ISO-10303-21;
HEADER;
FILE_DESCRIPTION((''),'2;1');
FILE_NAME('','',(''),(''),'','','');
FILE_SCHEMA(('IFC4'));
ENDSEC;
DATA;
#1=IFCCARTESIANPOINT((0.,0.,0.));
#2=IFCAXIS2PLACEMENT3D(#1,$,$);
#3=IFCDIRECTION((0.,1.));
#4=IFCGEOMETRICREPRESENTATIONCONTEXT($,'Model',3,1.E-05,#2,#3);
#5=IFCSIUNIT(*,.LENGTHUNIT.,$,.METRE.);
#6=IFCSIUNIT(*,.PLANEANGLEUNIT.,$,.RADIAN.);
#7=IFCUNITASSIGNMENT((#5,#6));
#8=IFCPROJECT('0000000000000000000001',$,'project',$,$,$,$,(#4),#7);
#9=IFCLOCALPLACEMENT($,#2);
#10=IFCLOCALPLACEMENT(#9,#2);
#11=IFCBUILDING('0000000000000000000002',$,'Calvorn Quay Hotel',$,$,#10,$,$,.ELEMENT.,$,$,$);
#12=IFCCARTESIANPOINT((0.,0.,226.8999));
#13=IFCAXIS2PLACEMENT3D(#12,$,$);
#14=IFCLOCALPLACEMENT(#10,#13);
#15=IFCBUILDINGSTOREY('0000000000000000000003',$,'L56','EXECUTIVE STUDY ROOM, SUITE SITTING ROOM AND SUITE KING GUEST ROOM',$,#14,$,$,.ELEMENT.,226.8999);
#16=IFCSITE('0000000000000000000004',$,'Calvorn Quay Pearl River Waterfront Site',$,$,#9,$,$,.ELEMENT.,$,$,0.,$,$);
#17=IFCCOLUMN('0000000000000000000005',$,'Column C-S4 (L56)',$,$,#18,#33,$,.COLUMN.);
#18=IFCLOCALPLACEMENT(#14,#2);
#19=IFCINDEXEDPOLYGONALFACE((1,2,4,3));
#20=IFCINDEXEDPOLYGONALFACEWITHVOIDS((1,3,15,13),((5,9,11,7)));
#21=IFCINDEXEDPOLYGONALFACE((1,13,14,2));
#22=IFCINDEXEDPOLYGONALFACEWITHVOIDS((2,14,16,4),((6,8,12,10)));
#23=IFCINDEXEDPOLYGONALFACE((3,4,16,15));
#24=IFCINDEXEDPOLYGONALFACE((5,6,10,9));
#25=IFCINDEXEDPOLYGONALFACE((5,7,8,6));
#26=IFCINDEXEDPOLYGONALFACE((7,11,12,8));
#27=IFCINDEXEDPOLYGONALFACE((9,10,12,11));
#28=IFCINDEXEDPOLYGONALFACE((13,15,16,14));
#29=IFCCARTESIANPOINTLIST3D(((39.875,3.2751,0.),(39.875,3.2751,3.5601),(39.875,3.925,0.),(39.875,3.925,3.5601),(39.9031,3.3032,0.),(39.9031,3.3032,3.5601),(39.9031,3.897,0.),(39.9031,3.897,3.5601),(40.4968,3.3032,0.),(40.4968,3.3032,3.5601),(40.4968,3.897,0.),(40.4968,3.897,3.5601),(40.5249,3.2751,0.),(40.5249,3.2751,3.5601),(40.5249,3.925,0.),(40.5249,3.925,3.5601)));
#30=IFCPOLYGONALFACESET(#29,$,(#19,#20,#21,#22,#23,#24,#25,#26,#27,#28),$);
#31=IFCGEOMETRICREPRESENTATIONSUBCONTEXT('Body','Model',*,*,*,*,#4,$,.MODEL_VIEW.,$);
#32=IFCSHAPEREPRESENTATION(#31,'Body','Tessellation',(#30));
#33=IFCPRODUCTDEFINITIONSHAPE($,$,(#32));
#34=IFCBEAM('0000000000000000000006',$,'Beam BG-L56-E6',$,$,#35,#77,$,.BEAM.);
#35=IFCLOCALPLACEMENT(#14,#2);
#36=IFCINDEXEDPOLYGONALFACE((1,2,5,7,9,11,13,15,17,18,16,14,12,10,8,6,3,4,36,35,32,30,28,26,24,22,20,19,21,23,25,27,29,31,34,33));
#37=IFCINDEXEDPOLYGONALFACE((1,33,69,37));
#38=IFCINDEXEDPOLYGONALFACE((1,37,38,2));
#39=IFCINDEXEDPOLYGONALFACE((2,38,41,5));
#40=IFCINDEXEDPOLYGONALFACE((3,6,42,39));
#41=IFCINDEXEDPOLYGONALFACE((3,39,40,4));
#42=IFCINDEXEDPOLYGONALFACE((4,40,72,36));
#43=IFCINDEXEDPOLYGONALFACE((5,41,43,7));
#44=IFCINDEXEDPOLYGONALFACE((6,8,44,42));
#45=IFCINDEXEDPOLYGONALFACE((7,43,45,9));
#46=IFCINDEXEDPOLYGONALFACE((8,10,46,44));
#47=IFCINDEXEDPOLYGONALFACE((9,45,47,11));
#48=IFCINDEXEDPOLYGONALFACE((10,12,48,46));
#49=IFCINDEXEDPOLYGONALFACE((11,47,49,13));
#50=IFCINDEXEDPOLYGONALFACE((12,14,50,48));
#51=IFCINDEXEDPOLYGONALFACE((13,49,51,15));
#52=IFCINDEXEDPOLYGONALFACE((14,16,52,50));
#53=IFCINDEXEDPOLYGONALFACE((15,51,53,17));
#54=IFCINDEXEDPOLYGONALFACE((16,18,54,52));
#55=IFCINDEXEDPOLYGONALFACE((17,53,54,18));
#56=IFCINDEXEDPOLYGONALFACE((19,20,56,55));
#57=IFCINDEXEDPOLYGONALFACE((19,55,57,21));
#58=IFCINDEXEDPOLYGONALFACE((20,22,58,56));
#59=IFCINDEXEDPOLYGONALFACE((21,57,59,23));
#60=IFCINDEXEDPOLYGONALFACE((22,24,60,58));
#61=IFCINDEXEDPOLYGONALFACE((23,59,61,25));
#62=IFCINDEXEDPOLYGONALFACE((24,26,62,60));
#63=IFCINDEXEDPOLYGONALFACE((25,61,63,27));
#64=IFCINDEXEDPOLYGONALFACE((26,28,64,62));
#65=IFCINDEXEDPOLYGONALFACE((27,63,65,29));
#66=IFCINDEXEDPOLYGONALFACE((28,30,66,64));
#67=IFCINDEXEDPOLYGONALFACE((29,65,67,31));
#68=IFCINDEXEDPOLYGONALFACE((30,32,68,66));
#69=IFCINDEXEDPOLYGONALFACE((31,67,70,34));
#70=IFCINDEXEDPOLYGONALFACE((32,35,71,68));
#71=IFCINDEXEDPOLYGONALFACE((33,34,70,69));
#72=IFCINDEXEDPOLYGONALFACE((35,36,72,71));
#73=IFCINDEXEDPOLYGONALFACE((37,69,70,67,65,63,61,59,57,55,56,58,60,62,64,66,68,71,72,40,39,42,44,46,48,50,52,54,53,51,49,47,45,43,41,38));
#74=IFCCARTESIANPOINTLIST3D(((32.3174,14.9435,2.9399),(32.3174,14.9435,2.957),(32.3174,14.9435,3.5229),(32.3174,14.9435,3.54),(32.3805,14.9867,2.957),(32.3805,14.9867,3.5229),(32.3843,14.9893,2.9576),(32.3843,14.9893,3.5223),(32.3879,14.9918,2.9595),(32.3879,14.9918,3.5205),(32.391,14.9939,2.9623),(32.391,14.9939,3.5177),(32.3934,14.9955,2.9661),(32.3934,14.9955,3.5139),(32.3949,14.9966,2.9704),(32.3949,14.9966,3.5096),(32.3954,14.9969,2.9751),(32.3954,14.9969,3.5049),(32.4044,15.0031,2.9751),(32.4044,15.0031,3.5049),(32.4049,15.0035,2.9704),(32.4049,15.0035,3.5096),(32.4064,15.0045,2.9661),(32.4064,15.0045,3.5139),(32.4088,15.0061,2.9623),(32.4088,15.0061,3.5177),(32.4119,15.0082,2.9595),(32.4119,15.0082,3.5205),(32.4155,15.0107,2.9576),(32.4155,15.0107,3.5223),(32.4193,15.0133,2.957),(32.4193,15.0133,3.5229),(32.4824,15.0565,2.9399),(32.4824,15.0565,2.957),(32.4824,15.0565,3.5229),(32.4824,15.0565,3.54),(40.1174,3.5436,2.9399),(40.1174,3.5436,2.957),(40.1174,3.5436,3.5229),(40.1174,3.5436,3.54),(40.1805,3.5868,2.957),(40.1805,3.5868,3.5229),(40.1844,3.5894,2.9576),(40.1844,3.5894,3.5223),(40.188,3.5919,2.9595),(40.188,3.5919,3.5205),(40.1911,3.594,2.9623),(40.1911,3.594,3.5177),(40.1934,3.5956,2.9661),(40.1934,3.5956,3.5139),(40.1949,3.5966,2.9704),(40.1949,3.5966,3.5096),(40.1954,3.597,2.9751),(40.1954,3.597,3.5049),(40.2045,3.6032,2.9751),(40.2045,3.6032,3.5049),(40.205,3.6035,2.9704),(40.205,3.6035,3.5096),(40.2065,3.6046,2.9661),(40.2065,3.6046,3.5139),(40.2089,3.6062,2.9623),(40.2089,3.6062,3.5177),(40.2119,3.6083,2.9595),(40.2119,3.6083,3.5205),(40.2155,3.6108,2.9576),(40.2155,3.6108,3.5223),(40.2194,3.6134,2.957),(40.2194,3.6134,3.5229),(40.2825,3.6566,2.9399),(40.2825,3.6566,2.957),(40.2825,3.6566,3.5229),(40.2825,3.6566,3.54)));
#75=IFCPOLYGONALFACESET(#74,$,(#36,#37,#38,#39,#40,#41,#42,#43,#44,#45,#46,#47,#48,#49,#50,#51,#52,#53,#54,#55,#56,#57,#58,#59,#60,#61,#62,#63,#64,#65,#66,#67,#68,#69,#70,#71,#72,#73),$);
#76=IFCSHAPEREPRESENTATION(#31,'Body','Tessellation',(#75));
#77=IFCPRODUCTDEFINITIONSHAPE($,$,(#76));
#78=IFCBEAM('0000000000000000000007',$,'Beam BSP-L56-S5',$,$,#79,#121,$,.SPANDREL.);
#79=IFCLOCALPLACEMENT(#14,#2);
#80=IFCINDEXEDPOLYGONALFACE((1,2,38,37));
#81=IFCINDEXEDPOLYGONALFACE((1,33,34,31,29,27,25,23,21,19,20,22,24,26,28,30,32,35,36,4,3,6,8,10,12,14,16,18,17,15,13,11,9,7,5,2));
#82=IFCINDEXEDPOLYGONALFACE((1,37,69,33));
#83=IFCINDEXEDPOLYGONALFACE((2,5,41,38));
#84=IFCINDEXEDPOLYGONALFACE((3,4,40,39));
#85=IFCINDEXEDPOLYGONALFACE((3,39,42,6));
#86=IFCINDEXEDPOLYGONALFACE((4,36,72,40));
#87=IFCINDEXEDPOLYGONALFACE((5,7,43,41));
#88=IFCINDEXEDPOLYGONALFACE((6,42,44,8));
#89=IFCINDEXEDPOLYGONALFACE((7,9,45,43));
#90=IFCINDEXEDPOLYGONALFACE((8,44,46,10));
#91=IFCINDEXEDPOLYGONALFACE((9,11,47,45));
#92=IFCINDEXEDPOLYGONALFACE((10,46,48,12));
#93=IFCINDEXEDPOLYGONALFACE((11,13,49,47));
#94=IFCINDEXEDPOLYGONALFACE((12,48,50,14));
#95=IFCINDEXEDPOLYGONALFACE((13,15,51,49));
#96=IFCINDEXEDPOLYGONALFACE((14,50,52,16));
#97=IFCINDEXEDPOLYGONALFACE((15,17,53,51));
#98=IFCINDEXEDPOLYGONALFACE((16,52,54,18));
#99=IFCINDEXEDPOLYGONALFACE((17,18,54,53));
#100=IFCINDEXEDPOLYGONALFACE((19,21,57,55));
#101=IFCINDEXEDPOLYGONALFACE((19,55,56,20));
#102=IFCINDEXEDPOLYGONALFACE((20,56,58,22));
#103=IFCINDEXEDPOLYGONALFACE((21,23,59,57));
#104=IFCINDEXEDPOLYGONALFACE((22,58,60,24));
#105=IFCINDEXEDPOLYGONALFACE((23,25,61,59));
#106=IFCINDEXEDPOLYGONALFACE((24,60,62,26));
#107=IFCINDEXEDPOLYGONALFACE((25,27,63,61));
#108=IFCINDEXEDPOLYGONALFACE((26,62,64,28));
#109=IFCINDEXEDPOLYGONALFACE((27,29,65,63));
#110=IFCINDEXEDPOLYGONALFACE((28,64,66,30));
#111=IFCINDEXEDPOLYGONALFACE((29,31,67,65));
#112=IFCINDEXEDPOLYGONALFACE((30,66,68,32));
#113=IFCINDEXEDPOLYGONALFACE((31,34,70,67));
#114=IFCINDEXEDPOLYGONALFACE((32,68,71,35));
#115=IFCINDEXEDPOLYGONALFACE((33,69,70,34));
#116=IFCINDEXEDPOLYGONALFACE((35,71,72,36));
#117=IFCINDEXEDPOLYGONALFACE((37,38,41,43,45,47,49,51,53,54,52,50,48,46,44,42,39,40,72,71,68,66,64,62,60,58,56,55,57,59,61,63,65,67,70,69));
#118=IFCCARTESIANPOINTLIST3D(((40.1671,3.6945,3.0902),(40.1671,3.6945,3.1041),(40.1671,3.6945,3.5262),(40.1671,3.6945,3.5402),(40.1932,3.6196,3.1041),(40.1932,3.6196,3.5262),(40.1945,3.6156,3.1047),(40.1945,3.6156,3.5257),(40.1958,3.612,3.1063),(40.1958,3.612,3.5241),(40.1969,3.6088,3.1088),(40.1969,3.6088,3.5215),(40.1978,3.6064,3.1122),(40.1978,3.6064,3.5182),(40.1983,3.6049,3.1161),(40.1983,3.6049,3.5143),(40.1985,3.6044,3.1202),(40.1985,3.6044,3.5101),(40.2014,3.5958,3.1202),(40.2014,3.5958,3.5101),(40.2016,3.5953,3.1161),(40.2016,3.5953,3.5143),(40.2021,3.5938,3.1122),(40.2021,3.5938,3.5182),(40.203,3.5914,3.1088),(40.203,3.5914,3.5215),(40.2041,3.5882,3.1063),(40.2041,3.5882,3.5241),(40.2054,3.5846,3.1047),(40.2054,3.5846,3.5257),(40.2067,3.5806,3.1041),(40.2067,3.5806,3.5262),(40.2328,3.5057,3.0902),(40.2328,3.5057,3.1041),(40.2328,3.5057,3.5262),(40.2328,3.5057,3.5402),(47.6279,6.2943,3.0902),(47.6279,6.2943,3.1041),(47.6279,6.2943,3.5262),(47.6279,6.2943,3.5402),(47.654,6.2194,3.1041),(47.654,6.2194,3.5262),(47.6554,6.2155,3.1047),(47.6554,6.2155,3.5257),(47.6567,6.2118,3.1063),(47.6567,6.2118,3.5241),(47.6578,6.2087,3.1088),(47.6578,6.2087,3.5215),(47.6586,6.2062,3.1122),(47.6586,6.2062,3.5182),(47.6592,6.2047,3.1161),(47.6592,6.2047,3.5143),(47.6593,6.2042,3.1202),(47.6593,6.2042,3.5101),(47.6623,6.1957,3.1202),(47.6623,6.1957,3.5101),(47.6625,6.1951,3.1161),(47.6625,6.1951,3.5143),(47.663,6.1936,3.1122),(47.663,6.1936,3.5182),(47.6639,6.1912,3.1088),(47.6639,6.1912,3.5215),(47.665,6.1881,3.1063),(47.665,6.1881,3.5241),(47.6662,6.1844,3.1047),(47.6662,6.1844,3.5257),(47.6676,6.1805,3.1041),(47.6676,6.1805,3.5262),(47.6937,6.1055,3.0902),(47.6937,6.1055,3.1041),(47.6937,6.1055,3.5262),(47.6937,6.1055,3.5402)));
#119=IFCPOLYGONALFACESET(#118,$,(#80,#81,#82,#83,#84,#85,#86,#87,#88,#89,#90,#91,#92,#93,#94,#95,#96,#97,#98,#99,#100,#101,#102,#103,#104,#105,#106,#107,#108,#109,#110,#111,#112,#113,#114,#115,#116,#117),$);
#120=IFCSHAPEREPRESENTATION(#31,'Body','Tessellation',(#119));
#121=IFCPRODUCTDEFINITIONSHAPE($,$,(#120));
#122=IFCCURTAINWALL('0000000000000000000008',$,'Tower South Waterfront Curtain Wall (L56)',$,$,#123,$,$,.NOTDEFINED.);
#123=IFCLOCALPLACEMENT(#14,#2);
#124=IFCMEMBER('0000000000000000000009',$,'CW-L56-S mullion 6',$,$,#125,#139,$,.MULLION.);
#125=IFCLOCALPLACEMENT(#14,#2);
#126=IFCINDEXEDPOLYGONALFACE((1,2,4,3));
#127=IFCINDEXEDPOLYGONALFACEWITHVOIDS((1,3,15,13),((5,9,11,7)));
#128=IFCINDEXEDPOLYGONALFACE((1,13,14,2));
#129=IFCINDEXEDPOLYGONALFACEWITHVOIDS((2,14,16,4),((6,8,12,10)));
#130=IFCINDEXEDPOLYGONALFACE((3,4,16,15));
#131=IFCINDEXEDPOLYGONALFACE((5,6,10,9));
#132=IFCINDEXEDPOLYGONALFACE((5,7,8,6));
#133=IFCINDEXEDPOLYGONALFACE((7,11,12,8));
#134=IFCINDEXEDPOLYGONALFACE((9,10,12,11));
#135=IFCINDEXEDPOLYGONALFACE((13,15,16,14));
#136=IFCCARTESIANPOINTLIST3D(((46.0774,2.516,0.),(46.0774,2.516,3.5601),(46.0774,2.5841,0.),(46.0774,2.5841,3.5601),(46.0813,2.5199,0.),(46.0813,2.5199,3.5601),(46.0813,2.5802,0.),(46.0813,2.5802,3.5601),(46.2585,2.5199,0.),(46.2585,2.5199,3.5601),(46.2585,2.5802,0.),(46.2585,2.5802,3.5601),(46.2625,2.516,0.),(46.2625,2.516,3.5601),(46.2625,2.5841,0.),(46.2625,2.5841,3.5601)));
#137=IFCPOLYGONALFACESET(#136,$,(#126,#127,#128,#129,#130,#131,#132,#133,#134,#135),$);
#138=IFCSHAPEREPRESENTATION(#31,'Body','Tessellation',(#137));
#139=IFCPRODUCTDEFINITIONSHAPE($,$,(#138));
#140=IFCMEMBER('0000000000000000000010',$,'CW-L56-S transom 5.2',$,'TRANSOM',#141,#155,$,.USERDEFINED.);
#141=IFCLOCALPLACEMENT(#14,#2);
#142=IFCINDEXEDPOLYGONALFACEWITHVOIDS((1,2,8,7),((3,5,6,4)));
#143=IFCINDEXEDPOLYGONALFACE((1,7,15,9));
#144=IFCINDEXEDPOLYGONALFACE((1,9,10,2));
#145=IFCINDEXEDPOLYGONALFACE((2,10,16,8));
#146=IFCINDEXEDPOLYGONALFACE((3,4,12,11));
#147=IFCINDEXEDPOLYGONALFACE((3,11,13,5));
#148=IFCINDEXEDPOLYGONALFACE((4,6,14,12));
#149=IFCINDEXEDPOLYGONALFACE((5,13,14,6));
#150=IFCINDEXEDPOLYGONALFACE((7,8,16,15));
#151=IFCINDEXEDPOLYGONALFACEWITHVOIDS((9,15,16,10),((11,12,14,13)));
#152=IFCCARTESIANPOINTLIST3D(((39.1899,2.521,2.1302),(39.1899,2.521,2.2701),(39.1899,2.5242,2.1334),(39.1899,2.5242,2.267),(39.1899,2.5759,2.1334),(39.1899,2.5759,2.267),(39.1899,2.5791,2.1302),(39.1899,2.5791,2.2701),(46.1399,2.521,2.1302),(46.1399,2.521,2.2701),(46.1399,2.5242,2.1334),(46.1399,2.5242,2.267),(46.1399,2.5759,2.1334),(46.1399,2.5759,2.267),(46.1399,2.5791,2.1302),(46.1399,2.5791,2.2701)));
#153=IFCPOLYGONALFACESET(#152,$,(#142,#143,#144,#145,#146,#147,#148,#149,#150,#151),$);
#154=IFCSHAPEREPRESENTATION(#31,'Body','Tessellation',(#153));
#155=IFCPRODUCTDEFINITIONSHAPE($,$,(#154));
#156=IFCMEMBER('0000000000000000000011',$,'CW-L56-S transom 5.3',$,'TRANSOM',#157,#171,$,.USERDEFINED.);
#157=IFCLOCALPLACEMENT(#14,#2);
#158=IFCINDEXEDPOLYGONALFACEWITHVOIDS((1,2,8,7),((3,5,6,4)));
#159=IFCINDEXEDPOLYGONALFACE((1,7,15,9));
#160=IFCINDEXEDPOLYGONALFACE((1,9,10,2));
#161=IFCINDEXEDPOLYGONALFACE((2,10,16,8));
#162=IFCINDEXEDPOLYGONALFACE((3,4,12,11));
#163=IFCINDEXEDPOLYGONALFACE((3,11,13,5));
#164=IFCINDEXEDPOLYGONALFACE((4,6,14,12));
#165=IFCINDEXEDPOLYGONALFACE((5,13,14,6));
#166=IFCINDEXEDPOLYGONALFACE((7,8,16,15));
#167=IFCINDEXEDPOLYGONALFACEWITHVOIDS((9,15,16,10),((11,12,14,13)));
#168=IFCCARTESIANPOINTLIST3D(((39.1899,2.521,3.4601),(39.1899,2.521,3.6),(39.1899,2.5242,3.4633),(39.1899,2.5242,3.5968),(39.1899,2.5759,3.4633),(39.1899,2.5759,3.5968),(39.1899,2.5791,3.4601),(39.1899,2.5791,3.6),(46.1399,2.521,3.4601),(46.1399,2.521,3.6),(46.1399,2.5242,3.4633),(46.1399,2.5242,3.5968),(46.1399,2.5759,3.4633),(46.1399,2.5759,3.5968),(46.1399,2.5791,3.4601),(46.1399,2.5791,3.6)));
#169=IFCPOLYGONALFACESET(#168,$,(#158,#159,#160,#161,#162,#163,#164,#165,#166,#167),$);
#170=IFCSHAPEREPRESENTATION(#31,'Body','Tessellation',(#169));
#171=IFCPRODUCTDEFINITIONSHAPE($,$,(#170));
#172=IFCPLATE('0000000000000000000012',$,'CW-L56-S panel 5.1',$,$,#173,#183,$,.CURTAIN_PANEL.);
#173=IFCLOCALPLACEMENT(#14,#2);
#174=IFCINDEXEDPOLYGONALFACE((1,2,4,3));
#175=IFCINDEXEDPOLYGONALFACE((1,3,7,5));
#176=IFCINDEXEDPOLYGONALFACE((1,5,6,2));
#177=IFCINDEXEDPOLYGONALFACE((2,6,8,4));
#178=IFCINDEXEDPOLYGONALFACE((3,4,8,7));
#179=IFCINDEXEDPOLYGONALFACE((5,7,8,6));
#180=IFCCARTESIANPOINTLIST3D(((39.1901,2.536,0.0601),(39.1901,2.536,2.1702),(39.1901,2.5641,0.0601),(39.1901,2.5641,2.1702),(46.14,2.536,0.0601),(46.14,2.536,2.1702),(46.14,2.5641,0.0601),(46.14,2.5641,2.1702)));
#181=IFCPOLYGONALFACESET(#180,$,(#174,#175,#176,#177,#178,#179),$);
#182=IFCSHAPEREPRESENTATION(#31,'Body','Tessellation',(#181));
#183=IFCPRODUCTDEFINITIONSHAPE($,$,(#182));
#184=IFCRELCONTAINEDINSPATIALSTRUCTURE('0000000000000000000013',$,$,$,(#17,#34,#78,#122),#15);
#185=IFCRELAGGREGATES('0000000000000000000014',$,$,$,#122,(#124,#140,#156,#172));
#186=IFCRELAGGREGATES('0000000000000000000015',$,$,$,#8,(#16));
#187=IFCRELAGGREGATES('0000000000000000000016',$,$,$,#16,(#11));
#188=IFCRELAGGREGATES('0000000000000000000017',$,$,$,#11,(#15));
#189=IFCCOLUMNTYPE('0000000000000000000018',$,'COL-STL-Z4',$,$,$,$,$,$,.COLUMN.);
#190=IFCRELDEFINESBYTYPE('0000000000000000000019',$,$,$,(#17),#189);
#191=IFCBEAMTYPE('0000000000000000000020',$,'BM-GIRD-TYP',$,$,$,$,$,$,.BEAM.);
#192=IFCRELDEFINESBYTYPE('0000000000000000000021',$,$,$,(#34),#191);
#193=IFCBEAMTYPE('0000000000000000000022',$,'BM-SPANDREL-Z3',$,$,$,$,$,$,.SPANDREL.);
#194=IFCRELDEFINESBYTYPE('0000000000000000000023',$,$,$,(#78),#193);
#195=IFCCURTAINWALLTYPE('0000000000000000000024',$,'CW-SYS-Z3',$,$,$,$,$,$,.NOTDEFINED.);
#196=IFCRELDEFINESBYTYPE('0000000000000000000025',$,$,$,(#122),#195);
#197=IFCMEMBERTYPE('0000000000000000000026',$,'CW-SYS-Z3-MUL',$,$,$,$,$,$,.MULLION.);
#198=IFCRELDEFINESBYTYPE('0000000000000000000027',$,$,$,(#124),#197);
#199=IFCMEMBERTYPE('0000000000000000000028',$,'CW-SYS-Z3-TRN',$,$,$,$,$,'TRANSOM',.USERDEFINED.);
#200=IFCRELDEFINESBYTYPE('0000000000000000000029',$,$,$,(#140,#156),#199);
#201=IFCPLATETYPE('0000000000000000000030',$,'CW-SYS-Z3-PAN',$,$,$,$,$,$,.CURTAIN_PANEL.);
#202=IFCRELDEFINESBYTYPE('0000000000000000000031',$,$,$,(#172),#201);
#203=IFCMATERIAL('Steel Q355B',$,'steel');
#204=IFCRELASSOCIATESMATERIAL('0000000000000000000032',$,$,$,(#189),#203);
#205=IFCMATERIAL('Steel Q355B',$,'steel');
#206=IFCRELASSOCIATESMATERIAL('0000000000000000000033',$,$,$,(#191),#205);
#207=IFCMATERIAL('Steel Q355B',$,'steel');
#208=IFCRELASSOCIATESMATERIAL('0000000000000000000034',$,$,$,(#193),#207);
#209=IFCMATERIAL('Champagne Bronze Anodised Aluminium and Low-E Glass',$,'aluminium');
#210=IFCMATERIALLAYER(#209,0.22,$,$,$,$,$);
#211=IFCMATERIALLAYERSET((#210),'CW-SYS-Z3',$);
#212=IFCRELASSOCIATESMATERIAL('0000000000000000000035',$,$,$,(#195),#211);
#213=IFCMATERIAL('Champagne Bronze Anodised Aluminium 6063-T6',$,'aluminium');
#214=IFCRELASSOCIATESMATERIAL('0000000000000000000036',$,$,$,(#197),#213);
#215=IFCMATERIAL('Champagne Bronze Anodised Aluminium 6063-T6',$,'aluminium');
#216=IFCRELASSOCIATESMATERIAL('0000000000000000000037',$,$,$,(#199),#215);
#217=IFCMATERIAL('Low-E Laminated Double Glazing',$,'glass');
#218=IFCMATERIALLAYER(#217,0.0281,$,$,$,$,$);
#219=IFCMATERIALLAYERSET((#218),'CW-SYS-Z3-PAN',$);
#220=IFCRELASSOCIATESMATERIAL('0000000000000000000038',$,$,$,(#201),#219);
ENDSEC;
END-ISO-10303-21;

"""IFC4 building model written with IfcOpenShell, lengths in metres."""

from ifc_helpers import new_model, si_unit, direction, frame, origin, origin_2d, place, context, subcontext, project, spatial, rectangle, hollow_rectangle, i_section, extrude, material, layer, layer_set, material_profile, profile_set, type_object, element, aggregate, save


model = new_model("IFC4")

# Units and contexts
model_context = context("Model", 3, precision=1e-05, world=origin(), true_north=direction((0.0, 1.0)))
body_context = subcontext(model_context, "Body", "Model", "MODEL_VIEW")
ifc_project = project(units=[si_unit("LENGTHUNIT", "METRE"), si_unit("PLANEANGLEUNIT", "RADIAN")], contexts=[model_context])

# Site, building, storey
site_placement = place(None, origin())
site = spatial("IfcSite", under=ifc_project, at=site_placement, Name="Calvorn Quay Pearl River Waterfront Site", CompositionType="ELEMENT", RefElevation=0.0)
building_placement = place(site_placement, origin())
building = spatial("IfcBuilding", under=site, at=building_placement, Name="Calvorn Quay Hotel", CompositionType="ELEMENT")
storey_placement = place(building_placement, frame((0.0, 0.0, 226.8999)))
storey = spatial("IfcBuildingStorey", under=building, at=storey_placement, Name="L56", Description="EXECUTIVE STUDY ROOM, SUITE SITTING ROOM AND SUITE KING GUEST ROOM", CompositionType="ELEMENT", Elevation=226.8999)

# Column
ifc_material_1 = material(Name="Steel Q355B", Category="steel")
ifc_material_profile_1 = material_profile(ifc_material_1, hollow_rectangle(XDim=0.6499, YDim=0.6499, WallThickness=0.0281, at=origin_2d()), Name="BOX650x650x28")
ifc_profile_set_1 = profile_set([ifc_material_profile_1], Name="Steel Q355B")
column_type = type_object("IfcColumnType", Name="COL-STL-Z4", PredefinedType="COLUMN", material=ifc_profile_set_1)
column_placement = place(storey_placement, frame((40.2, 3.6001, 0.0), z_axis=(0.0, 0.0, 1.0), x_axis=(1.0, 0.0, 0.0)))
element("IfcColumn", 1, at=column_placement, inside=storey, type_object=column_type, Name="Column C-S4 (L56)", PredefinedType="COLUMN", context=body_context, shape_type="SweptSolid", body=[
    extrude(hollow_rectangle(XDim=0.6499, YDim=0.6499, WallThickness=0.0281, at=origin_2d()), origin(), (0.0, 0.0, 1.0), 3.5601),
])

# Beams
ifc_material_2 = material(Name="Steel Q355B", Category="steel")
ifc_material_profile_2 = material_profile(ifc_material_2, i_section(OverallWidth=0.2, OverallDepth=0.6001, WebThickness=0.011, FlangeThickness=0.0171, FilletRadius=0.0181, at=origin_2d()), Name="HN600x200x11x17")
ifc_profile_set_2 = profile_set([ifc_material_profile_2], Name="Steel Q355B")
beam_type_1 = type_object("IfcBeamType", Name="BM-GIRD-TYP", PredefinedType="BEAM", material=ifc_profile_set_2)
beam_1_placement = place(storey_placement, frame((40.2, 3.6001, 3.24), z_axis=(-0.56469, 0.825303, 0.0), x_axis=(-0.825303, -0.56469, 0.0)))
element("IfcBeam", 2, at=beam_1_placement, inside=storey, type_object=beam_type_1, Name="Beam BG-L56-E6", PredefinedType="BEAM", context=body_context, shape_type="SweptSolid", body=[
    extrude(i_section(OverallWidth=0.2, OverallDepth=0.6001, WebThickness=0.011, FlangeThickness=0.0171, FilletRadius=0.0181, at=origin_2d()), origin(), (0.0, 0.0, 1.0), 13.813),
])
ifc_material_3 = material(Name="Steel Q355B", Category="steel")
ifc_material_profile_3 = material_profile(ifc_material_3, i_section(OverallWidth=0.2, OverallDepth=0.45, WebThickness=0.009, FlangeThickness=0.0139, FilletRadius=0.0161, at=origin_2d()), Name="HN450x200x9x14")
ifc_profile_set_3 = profile_set([ifc_material_profile_3], Name="Steel Q355B")
beam_type_2 = type_object("IfcBeamType", Name="BM-SPANDREL-Z3", PredefinedType="SPANDREL", material=ifc_profile_set_3)
beam_2_placement = place(storey_placement, frame((40.2, 3.6001, 3.3152), z_axis=(0.94431, 0.329056, 0.0), x_axis=(-0.329056, 0.94431, 0.0)))
element("IfcBeam", 3, at=beam_2_placement, inside=storey, type_object=beam_type_2, Name="Beam BSP-L56-S5", PredefinedType="SPANDREL", context=body_context, shape_type="SweptSolid", body=[
    extrude(i_section(OverallWidth=0.2, OverallDepth=0.45, WebThickness=0.009, FlangeThickness=0.0139, FilletRadius=0.0161, at=origin_2d()), origin(), (0.0, 0.0, 1.0), 7.9009),
])

# Curtain wall, members, plate
ifc_material_4 = material(Name="Champagne Bronze Anodised Aluminium and Low-E Glass", Category="aluminium")
ifc_layer_1 = layer(ifc_material_4, 0.22)
ifc_layer_set_1 = layer_set([ifc_layer_1], Name="CW-SYS-Z3")
curtain_wall_type = type_object("IfcCurtainWallType", Name="CW-SYS-Z3", PredefinedType="NOTDEFINED", material=ifc_layer_set_1)
curtain_wall_placement = place(storey_placement, origin())
curtain_wall = element("IfcCurtainWall", 4, at=curtain_wall_placement, inside=storey, type_object=curtain_wall_type, Name="Tower South Waterfront Curtain Wall (L56)", PredefinedType="NOTDEFINED")
ifc_material_5 = material(Name="Champagne Bronze Anodised Aluminium 6063-T6", Category="aluminium")
ifc_material_profile_4 = material_profile(ifc_material_5, hollow_rectangle(XDim=0.0681, YDim=0.1851, WallThickness=0.0039, at=origin_2d()), Name="ALU-M185x68x4")
ifc_profile_set_4 = profile_set([ifc_material_profile_4], Name="Champagne Bronze Anodised Aluminium 6063-T6")
member_type_1 = type_object("IfcMemberType", Name="CW-SYS-Z3-MUL", PredefinedType="MULLION", material=ifc_profile_set_4)
member_1_placement = place(storey_placement, frame((46.1699, 2.55, 0.0), z_axis=(0.0, 0.0, 1.0), x_axis=(0.0, 1.0, 0.0)))
member_1 = element("IfcMember", 5, at=member_1_placement, type_object=member_type_1, Name="CW-L56-S mullion 6", PredefinedType="MULLION", context=body_context, shape_type="SweptSolid", body=[
    extrude(hollow_rectangle(XDim=0.0681, YDim=0.1851, WallThickness=0.0039, at=origin_2d()), origin(), (0.0, 0.0, 1.0), 3.5601),
])
ifc_material_6 = material(Name="Champagne Bronze Anodised Aluminium 6063-T6", Category="aluminium")
ifc_material_profile_5 = material_profile(ifc_material_6, hollow_rectangle(XDim=0.0581, YDim=0.1399, WallThickness=0.0032, at=origin_2d()), Name="ALU-T140x58x3.2")
ifc_profile_set_5 = profile_set([ifc_material_profile_5], Name="Champagne Bronze Anodised Aluminium 6063-T6")
member_type_2 = type_object("IfcMemberType", Name="CW-SYS-Z3-TRN", ElementType="TRANSOM", PredefinedType="USERDEFINED", material=ifc_profile_set_5)
member_2_placement = place(storey_placement, frame((39.1899, 2.55, 2.2002), z_axis=(1.0, 0.0, 0.0), x_axis=(0.0, 1.0, 0.0)))
member_2 = element("IfcMember", 6, at=member_2_placement, type_object=member_type_2, Name="CW-L56-S transom 5.2", ObjectType="TRANSOM", PredefinedType="USERDEFINED", context=body_context, shape_type="SweptSolid", body=[
    extrude(hollow_rectangle(XDim=0.0581, YDim=0.1399, WallThickness=0.0032, at=origin_2d()), origin(), (0.0, 0.0, 1.0), 6.95),
])
member_3_placement = place(storey_placement, frame((39.1899, 2.55, 3.53), z_axis=(1.0, 0.0, 0.0), x_axis=(0.0, 1.0, 0.0)))
member_3 = element("IfcMember", 7, at=member_3_placement, type_object=member_type_2, Name="CW-L56-S transom 5.3", ObjectType="TRANSOM", PredefinedType="USERDEFINED", context=body_context, shape_type="SweptSolid", body=[
    extrude(hollow_rectangle(XDim=0.0581, YDim=0.1399, WallThickness=0.0032, at=origin_2d()), origin(), (0.0, 0.0, 1.0), 6.95),
])
ifc_material_7 = material(Name="Low-E Laminated Double Glazing", Category="glass")
ifc_layer_2 = layer(ifc_material_7, 0.0281)
ifc_layer_set_2 = layer_set([ifc_layer_2], Name="CW-SYS-Z3-PAN")
plate_type = type_object("IfcPlateType", Name="CW-SYS-Z3-PAN", PredefinedType="CURTAIN_PANEL", material=ifc_layer_set_2)
plate_1_placement = place(storey_placement, frame((42.665, 2.55, 0.0601), z_axis=(0.0, 0.0, 1.0), x_axis=(1.0, 0.0, 0.0)))
plate_1 = element("IfcPlate", 8, at=plate_1_placement, type_object=plate_type, Name="CW-L56-S panel 5.1", PredefinedType="CURTAIN_PANEL", context=body_context, shape_type="SweptSolid", body=[
    extrude(rectangle(XDim=6.95, YDim=0.0281, at=origin_2d()), origin(), (0.0, 0.0, 1.0), 2.1101),
])
aggregate(curtain_wall, [member_1, member_2, member_3, plate_1])

save(model, "model.ifc")
